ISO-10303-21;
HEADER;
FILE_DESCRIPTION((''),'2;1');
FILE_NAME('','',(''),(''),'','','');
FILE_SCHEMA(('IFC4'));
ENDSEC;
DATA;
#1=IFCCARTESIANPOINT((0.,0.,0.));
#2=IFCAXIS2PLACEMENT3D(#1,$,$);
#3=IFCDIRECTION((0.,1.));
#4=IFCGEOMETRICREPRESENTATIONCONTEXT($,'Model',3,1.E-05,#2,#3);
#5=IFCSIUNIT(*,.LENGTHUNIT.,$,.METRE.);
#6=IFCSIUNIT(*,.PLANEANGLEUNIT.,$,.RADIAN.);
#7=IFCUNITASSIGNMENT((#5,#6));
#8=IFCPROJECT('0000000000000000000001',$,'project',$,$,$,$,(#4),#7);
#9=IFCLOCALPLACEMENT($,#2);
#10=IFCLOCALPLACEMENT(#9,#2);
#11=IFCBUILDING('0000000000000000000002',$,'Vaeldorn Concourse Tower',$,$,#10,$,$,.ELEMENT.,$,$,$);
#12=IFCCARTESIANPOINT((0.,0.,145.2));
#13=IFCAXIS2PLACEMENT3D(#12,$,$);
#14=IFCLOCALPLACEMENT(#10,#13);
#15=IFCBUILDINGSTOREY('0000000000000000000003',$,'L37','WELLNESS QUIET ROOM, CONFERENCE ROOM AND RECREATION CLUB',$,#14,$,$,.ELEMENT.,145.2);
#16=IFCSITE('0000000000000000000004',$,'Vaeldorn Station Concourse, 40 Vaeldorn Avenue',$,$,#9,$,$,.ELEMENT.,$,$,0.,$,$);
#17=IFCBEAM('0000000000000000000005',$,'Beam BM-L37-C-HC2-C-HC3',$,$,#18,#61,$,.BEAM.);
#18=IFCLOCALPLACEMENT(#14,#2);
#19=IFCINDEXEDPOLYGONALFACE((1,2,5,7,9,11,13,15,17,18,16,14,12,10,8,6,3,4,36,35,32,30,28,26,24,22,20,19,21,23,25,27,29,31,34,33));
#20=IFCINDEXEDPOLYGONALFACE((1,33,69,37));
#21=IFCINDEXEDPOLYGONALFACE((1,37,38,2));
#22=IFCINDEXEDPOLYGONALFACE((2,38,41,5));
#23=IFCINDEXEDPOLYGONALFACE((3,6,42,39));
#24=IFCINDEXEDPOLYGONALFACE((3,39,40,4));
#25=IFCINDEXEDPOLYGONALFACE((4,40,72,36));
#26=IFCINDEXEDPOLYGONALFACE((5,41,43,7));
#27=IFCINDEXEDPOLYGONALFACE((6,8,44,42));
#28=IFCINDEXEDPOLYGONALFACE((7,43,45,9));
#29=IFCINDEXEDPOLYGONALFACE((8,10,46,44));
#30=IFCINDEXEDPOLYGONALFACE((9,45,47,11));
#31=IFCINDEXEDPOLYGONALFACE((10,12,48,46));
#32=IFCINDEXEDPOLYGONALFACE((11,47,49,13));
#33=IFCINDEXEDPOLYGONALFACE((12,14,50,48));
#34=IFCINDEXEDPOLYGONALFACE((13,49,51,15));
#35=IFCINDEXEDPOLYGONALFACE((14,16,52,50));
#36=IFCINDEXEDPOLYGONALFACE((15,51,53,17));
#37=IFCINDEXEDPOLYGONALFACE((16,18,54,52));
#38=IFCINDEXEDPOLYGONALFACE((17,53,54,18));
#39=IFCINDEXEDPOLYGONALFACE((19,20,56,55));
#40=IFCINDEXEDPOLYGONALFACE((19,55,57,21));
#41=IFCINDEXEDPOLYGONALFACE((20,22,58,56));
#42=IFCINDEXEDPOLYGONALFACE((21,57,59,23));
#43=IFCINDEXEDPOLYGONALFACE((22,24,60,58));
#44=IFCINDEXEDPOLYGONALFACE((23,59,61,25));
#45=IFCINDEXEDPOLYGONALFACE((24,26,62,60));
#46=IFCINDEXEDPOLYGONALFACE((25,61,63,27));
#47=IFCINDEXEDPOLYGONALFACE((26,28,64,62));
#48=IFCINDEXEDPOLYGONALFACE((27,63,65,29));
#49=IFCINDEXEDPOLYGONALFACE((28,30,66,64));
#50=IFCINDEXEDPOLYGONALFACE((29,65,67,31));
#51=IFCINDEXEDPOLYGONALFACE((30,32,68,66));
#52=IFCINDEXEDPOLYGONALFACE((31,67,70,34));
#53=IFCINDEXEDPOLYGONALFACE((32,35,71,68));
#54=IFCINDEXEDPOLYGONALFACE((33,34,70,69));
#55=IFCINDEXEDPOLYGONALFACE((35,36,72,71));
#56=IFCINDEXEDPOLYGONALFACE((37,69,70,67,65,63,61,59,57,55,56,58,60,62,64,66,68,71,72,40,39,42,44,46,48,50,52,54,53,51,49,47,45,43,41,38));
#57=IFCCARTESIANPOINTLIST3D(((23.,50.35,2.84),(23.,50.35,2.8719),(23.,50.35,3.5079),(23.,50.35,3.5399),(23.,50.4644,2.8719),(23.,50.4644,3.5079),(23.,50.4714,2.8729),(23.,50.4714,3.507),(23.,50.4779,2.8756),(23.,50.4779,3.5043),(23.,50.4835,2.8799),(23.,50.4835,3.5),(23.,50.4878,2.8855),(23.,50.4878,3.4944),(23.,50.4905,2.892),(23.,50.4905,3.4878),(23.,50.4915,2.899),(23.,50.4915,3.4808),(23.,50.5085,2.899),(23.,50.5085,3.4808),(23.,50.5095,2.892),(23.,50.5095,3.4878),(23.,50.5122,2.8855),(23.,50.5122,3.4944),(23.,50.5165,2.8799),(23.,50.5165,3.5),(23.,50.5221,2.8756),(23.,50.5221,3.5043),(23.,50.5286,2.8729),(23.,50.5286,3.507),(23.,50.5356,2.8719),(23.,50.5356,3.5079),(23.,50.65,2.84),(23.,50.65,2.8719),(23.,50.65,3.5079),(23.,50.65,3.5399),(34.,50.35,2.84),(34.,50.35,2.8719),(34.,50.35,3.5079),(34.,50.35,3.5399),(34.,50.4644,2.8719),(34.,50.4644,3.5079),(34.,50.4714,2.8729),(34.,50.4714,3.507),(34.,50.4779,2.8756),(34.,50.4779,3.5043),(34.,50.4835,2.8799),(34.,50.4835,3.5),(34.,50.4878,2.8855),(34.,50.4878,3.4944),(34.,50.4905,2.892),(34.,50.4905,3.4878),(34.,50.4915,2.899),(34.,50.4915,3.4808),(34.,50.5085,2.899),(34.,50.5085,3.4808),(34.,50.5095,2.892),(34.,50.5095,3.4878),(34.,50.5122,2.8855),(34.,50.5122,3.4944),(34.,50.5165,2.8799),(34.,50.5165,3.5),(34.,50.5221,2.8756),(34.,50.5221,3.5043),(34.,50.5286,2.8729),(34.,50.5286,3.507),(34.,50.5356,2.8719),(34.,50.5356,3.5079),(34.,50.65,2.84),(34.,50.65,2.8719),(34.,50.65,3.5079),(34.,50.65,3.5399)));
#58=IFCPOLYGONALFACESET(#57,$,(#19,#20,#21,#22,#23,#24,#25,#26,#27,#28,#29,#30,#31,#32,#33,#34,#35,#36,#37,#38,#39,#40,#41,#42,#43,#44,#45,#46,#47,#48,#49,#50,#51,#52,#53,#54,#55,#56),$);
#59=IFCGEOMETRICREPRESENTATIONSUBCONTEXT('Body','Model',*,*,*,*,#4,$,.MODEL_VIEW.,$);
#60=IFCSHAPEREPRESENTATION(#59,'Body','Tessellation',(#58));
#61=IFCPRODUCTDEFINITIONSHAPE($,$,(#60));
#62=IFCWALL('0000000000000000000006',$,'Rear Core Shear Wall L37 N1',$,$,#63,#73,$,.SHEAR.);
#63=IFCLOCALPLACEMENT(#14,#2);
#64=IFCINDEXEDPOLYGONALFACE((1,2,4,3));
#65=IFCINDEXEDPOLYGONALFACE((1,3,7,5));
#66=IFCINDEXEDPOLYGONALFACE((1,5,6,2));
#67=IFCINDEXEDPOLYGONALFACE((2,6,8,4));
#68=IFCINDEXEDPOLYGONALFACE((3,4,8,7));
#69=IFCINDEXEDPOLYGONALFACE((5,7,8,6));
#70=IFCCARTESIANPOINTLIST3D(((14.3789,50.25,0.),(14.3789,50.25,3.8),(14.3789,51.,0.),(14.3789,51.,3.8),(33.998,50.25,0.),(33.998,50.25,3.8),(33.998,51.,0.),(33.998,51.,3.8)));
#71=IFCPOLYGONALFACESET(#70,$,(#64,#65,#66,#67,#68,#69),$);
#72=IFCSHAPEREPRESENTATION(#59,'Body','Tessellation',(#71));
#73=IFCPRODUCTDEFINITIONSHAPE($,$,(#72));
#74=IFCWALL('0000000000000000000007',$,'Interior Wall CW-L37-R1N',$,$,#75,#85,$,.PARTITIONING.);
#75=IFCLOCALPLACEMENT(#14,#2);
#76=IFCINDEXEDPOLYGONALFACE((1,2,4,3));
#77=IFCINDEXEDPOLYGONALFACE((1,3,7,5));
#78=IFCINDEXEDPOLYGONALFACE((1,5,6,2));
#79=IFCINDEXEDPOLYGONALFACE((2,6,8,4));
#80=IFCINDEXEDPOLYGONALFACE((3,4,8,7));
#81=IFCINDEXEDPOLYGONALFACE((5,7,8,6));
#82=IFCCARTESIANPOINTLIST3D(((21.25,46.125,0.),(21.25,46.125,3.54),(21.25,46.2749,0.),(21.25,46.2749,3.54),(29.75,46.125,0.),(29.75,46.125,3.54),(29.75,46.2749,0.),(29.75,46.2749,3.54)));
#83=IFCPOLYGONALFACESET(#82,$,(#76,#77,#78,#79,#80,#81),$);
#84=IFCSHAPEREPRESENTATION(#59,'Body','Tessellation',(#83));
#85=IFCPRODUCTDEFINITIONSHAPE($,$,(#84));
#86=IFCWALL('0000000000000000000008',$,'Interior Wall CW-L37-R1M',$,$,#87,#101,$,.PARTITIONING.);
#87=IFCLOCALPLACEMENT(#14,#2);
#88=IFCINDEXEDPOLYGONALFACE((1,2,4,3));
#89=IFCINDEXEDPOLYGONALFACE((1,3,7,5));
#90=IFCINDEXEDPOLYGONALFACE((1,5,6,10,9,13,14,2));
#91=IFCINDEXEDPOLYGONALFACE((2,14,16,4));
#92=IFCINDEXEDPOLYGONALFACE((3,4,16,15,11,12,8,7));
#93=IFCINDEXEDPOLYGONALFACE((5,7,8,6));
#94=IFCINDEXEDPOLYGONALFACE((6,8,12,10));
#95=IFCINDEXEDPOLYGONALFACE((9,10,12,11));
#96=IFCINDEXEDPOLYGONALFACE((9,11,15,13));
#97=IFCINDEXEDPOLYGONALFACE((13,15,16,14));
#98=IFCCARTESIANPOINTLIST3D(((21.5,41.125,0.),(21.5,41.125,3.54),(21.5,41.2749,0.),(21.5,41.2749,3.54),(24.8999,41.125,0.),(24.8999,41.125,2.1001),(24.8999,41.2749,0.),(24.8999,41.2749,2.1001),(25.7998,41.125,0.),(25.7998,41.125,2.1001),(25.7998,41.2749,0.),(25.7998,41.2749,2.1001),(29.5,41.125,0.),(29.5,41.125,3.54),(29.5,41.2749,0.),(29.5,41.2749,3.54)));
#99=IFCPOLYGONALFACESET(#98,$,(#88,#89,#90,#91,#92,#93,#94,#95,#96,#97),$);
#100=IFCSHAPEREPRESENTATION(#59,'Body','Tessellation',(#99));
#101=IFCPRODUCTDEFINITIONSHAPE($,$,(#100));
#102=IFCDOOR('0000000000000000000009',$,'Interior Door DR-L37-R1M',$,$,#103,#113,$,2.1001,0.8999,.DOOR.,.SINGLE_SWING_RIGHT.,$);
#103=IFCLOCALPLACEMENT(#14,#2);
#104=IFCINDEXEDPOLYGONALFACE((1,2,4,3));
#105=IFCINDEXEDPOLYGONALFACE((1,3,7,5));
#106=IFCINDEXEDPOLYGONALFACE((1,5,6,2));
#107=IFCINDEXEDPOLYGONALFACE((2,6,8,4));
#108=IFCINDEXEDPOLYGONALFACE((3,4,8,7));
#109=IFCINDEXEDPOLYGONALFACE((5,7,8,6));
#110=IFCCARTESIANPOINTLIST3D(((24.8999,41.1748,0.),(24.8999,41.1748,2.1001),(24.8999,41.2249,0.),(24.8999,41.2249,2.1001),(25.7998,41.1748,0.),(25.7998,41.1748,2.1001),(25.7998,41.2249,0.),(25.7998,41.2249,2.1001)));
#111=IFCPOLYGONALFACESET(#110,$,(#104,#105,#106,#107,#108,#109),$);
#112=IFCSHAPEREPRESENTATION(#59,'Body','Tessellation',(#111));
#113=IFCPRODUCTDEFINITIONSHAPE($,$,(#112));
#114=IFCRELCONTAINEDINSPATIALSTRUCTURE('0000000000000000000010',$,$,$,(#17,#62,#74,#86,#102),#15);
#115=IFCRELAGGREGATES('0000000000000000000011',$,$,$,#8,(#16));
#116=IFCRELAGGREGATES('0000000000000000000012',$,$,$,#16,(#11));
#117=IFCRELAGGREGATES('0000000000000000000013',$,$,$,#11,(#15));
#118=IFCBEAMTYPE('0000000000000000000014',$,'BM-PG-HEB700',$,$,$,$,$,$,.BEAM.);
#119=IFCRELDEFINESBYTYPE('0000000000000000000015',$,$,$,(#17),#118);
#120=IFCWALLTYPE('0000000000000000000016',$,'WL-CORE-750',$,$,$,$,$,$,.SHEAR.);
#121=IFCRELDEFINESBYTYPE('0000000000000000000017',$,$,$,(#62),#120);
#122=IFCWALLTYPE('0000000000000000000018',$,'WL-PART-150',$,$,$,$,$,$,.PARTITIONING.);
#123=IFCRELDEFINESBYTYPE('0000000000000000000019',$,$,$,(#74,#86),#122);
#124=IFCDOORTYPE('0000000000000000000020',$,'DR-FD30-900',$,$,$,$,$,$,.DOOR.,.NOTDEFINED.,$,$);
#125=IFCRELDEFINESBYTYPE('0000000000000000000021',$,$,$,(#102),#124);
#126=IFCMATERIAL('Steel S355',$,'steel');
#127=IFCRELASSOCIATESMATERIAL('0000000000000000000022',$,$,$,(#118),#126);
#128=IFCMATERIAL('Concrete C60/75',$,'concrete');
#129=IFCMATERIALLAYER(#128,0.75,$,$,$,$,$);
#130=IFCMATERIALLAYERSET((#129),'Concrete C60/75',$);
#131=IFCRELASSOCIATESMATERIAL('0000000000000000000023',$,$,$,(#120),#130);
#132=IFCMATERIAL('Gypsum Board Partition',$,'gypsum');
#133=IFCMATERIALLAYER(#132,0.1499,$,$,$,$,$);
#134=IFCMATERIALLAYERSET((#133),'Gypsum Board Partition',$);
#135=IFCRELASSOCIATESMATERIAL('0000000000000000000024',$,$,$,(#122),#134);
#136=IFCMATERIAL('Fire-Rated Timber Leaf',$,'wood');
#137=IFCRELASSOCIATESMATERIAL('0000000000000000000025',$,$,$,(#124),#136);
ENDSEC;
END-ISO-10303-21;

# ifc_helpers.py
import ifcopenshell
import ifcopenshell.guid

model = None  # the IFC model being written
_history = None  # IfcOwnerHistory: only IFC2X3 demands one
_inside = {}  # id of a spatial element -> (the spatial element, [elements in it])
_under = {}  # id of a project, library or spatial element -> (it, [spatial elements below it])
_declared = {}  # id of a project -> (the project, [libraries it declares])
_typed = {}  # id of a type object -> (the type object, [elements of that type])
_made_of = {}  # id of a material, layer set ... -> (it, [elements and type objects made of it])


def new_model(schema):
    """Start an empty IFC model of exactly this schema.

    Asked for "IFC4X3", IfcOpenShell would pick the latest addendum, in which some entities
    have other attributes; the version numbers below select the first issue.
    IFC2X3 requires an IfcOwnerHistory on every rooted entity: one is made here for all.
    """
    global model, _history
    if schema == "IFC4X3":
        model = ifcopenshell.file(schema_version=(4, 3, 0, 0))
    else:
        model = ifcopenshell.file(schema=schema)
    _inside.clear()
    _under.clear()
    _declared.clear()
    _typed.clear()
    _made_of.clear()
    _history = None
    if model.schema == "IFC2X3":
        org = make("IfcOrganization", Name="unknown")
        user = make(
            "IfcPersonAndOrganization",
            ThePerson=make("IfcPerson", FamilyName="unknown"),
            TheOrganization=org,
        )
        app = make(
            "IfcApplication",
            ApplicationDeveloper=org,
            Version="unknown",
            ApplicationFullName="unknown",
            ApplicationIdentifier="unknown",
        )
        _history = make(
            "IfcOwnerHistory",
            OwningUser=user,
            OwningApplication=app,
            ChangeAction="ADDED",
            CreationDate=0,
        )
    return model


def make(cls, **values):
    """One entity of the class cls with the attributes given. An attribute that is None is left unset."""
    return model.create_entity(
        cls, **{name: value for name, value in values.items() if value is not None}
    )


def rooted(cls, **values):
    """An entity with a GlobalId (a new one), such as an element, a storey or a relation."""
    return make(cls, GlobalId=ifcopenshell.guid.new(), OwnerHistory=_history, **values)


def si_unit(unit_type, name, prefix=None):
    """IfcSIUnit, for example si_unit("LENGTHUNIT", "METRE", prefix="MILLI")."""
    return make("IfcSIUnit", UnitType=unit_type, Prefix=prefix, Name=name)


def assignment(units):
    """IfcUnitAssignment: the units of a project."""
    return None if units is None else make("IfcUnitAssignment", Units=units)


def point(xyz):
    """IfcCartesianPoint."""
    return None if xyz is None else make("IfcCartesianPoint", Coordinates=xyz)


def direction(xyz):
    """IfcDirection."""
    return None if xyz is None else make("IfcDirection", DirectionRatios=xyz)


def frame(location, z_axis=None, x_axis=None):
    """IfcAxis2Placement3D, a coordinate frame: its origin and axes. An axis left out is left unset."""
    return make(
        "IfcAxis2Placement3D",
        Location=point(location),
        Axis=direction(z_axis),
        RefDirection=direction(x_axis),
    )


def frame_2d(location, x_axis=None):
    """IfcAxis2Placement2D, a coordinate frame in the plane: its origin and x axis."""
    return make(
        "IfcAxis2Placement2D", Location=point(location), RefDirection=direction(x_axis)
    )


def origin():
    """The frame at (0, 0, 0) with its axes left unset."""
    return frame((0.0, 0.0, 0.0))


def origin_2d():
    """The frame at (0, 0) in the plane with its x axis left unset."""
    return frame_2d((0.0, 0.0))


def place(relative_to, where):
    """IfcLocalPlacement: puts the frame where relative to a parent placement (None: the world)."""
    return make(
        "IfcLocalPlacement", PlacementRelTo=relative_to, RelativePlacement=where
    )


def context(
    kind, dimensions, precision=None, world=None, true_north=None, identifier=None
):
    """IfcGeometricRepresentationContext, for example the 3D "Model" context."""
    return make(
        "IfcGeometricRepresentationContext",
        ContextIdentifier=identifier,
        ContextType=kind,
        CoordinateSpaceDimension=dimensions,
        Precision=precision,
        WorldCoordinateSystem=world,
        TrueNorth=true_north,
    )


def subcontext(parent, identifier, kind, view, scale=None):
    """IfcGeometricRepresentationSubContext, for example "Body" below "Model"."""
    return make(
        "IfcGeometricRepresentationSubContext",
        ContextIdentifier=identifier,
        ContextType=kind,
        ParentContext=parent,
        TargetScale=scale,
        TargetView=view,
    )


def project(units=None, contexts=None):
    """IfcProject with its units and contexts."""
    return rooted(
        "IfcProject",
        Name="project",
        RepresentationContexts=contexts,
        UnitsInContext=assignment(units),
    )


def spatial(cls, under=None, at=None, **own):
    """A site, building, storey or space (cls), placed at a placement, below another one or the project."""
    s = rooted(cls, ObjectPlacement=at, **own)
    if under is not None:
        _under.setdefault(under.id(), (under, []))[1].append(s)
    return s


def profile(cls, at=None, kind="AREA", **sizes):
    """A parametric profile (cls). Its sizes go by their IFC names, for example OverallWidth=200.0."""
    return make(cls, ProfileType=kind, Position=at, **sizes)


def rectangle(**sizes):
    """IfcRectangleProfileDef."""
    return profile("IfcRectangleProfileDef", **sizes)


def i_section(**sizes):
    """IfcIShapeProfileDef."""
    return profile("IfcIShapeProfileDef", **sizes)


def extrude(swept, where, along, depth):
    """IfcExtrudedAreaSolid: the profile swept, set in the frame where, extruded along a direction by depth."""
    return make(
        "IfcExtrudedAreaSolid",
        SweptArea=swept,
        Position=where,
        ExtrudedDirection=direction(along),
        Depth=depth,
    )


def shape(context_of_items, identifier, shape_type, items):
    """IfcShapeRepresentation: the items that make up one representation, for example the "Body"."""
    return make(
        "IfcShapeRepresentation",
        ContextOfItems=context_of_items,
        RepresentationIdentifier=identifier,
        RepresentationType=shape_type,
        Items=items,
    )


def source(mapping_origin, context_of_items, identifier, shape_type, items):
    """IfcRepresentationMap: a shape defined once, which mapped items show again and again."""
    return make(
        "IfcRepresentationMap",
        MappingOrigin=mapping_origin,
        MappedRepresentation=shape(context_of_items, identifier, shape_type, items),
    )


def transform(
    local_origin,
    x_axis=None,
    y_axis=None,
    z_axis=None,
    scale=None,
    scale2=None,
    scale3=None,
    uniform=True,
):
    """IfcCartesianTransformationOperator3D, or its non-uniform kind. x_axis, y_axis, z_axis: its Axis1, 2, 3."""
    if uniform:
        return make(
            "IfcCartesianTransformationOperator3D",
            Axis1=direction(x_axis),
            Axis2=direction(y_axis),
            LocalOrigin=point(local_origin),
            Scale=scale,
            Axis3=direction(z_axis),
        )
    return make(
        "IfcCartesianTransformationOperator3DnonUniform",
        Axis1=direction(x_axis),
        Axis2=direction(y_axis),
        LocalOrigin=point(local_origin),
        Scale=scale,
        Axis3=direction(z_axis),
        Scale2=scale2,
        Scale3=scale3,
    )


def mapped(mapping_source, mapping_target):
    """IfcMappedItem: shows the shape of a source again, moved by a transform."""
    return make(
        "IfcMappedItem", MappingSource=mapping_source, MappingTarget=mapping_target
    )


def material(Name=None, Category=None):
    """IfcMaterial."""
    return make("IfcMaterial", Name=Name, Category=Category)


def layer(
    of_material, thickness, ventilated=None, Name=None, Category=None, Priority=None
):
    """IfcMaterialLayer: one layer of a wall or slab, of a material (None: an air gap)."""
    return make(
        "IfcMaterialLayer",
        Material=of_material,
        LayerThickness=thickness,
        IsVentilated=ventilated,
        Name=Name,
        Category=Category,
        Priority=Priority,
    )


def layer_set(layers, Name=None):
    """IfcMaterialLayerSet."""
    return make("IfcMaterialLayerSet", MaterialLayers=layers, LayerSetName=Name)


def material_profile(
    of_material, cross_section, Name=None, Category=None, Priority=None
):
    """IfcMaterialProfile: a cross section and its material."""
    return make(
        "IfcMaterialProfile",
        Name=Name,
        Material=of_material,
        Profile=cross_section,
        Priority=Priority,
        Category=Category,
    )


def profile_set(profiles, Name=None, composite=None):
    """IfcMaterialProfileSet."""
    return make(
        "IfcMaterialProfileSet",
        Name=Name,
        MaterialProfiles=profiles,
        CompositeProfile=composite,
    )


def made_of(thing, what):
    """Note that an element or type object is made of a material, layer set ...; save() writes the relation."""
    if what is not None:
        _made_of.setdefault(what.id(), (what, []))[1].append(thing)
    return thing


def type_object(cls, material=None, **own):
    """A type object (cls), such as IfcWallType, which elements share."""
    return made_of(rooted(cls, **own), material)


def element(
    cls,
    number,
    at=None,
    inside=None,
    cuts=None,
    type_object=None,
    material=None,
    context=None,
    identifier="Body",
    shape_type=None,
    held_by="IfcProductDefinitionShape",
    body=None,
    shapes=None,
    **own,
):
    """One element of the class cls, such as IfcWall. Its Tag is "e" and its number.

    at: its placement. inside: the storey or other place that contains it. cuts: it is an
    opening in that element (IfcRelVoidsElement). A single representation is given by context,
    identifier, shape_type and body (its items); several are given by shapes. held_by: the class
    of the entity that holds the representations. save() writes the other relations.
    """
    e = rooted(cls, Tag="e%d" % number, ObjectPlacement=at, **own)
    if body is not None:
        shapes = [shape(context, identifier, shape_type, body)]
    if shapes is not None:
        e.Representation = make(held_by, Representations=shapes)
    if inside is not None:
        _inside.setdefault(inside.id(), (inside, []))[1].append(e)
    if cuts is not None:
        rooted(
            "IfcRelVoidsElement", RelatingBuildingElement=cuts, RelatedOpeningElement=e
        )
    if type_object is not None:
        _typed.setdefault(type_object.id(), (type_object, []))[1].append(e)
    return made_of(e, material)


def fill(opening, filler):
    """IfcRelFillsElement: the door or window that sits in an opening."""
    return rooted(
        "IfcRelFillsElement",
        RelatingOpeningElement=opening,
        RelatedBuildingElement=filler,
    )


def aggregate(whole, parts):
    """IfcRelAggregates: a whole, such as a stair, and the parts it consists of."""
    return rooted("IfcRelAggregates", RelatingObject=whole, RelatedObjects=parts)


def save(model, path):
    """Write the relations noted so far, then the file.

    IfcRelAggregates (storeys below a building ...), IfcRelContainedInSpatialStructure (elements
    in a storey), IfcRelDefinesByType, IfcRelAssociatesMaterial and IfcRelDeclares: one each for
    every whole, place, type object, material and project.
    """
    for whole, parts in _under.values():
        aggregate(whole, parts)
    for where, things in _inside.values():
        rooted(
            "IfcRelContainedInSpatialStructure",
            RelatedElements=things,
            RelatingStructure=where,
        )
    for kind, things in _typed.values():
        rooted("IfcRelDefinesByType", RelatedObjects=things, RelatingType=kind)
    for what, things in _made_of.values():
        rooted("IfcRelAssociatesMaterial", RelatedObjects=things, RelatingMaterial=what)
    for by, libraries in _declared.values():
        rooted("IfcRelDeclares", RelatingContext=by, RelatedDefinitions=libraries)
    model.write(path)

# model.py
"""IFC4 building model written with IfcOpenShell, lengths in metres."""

from ifc_helpers import new_model, si_unit, direction, frame, frame_2d, origin, origin_2d, place, context, subcontext, project, spatial, rectangle, i_section, extrude, source, transform, mapped, material, layer, layer_set, material_profile, profile_set, type_object, element, fill, save


model = new_model("IFC4")

# Units and contexts
model_context = context("Model", 3, precision=1e-05, world=origin(), true_north=direction((0.0, 1.0)))
body_context = subcontext(model_context, "Body", "Model", "MODEL_VIEW")
ifc_project = project(units=[si_unit("LENGTHUNIT", "METRE"), si_unit("PLANEANGLEUNIT", "RADIAN")], contexts=[model_context])

# Site, building, storey
site_placement = place(None, origin())
site = spatial("IfcSite", under=ifc_project, at=site_placement, Name="Vaeldorn Station Concourse, 40 Vaeldorn Avenue", CompositionType="ELEMENT", RefElevation=0.0)
building_placement = place(site_placement, origin())
building = spatial("IfcBuilding", under=site, at=building_placement, Name="Vaeldorn Concourse Tower", CompositionType="ELEMENT")
storey_placement = place(building_placement, frame((0.0, 0.0, 145.2)))
storey = spatial("IfcBuildingStorey", under=building, at=storey_placement, Name="L37", Description="WELLNESS QUIET ROOM, CONFERENCE ROOM AND RECREATION CLUB", CompositionType="ELEMENT", Elevation=145.2)

# Beam
ifc_material_1 = material(Name="Steel S355", Category="steel")
ifc_material_profile_1 = material_profile(ifc_material_1, i_section(OverallWidth=0.3, OverallDepth=0.7, WebThickness=0.0171, FlangeThickness=0.032, FilletRadius=0.0271, at=origin_2d()), Name="HEB 700")
ifc_profile_set_1 = profile_set([ifc_material_profile_1], Name="Steel S355")
beam_type_1 = type_object("IfcBeamType", Name="BM-PG-HEB700", PredefinedType="BEAM", material=ifc_profile_set_1)
shared_shape_1 = source(origin(), body_context, "Body", "SweptSolid", [
    extrude(i_section(OverallWidth=0.3, OverallDepth=0.7, WebThickness=0.0171, FlangeThickness=0.032, FilletRadius=0.0271, at=origin_2d()), origin(), (0.0, 0.0, 1.0), 11.0),
])
beam_1_placement = place(storey_placement, frame((23.0, 50.5, 3.1899), z_axis=(1.0, 0.0, 0.0), x_axis=(0.0, 1.0, 0.0)))
element("IfcBeam", 1, at=beam_1_placement, inside=storey, type_object=beam_type_1, Name="Beam BM-L37-C-HC2-C-HC3", PredefinedType="BEAM", context=body_context, shape_type="MappedRepresentation", body=[
    mapped(shared_shape_1, transform((0.0, 0.0, 0.0), scale=1.0)),
])

# Walls
ifc_material_2 = material(Name="Concrete C60/75", Category="concrete")
ifc_layer_1 = layer(ifc_material_2, 0.75)
ifc_layer_set_1 = layer_set([ifc_layer_1], Name="Concrete C60/75")
wall_type_1 = type_object("IfcWallType", Name="WL-CORE-750", PredefinedType="SHEAR", material=ifc_layer_set_1)
wall_1_placement = place(storey_placement, frame((14.3789, 50.625, 0.0), z_axis=(0.0, 0.0, 1.0), x_axis=(1.0, 0.0, 0.0)))
element("IfcWall", 2, at=wall_1_placement, inside=storey, type_object=wall_type_1, Name="Rear Core Shear Wall L37 N1", PredefinedType="SHEAR", context=body_context, shape_type="SweptSolid", body=[
    extrude(rectangle(XDim=19.6191, YDim=0.75, at=frame_2d((9.8096, 0.0))), origin(), (0.0, 0.0, 1.0), 3.8),
])
ifc_material_3 = material(Name="Gypsum Board Partition", Category="gypsum")
ifc_layer_2 = layer(ifc_material_3, 0.1499)
ifc_layer_set_2 = layer_set([ifc_layer_2], Name="Gypsum Board Partition")
wall_type_2 = type_object("IfcWallType", Name="WL-PART-150", PredefinedType="PARTITIONING", material=ifc_layer_set_2)
wall_2_placement = place(storey_placement, frame((21.25, 46.2, 0.0), z_axis=(0.0, 0.0, 1.0), x_axis=(1.0, 0.0, 0.0)))
element("IfcWall", 3, at=wall_2_placement, inside=storey, type_object=wall_type_2, Name="Interior Wall CW-L37-R1N", PredefinedType="PARTITIONING", context=body_context, shape_type="SweptSolid", body=[
    extrude(rectangle(XDim=8.5, YDim=0.1499, at=frame_2d((4.25, 0.0))), origin(), (0.0, 0.0, 1.0), 3.54),
])

# Wall, opening, door
wall_3_placement = place(storey_placement, frame((21.5, 41.2, 0.0), z_axis=(0.0, 0.0, 1.0), x_axis=(1.0, 0.0, 0.0)))
wall_3 = element("IfcWall", 4, at=wall_3_placement, inside=storey, type_object=wall_type_2, Name="Interior Wall CW-L37-R1M", PredefinedType="PARTITIONING", context=body_context, shape_type="SweptSolid", body=[
    extrude(rectangle(XDim=8.0, YDim=0.1499, at=frame_2d((4.0, 0.0))), origin(), (0.0, 0.0, 1.0), 3.54),
])
opening_1_placement = place(wall_3_placement, frame((3.3999, 0.0, 0.0)))
opening_1 = element("IfcOpeningElement", 5, at=opening_1_placement, cuts=wall_3, PredefinedType="OPENING", context=body_context, shape_type="SweptSolid", body=[
    extrude(rectangle(XDim=0.8999, YDim=2.1001, at=frame_2d((0.45, 1.05))), frame((0.0, 0.085, 0.0), z_axis=(0.0, -1.0, 0.0), x_axis=(1.0, 0.0, 0.0)), (0.0, 0.0, 1.0), 0.1699),
])
ifc_material_4 = material(Name="Fire-Rated Timber Leaf", Category="wood")
door_type_1 = type_object("IfcDoorType", Name="DR-FD30-900", OperationType="NOTDEFINED", PredefinedType="DOOR", material=ifc_material_4)
shared_shape_2 = source(origin(), body_context, "Body", "SweptSolid", [
    extrude(rectangle(XDim=0.8999, YDim=2.1001, at=frame_2d((0.45, 1.05))), frame((0.0, 0.0249, 0.0), z_axis=(0.0, -1.0, 0.0), x_axis=(1.0, 0.0, 0.0)), (0.0, 0.0, 1.0), 0.05),
])
door_1_placement = place(opening_1_placement, origin())
door_1 = element("IfcDoor", 6, at=door_1_placement, inside=storey, type_object=door_type_1, Name="Interior Door DR-L37-R1M", OperationType="SINGLE_SWING_RIGHT", OverallHeight=2.1001, OverallWidth=0.8999, PredefinedType="DOOR", context=body_context, shape_type="MappedRepresentation", body=[
    mapped(shared_shape_2, transform((0.0, 0.0, 0.0), scale=1.0)),
])
fill(opening_1, door_1)

save(model, "model.ifc")
